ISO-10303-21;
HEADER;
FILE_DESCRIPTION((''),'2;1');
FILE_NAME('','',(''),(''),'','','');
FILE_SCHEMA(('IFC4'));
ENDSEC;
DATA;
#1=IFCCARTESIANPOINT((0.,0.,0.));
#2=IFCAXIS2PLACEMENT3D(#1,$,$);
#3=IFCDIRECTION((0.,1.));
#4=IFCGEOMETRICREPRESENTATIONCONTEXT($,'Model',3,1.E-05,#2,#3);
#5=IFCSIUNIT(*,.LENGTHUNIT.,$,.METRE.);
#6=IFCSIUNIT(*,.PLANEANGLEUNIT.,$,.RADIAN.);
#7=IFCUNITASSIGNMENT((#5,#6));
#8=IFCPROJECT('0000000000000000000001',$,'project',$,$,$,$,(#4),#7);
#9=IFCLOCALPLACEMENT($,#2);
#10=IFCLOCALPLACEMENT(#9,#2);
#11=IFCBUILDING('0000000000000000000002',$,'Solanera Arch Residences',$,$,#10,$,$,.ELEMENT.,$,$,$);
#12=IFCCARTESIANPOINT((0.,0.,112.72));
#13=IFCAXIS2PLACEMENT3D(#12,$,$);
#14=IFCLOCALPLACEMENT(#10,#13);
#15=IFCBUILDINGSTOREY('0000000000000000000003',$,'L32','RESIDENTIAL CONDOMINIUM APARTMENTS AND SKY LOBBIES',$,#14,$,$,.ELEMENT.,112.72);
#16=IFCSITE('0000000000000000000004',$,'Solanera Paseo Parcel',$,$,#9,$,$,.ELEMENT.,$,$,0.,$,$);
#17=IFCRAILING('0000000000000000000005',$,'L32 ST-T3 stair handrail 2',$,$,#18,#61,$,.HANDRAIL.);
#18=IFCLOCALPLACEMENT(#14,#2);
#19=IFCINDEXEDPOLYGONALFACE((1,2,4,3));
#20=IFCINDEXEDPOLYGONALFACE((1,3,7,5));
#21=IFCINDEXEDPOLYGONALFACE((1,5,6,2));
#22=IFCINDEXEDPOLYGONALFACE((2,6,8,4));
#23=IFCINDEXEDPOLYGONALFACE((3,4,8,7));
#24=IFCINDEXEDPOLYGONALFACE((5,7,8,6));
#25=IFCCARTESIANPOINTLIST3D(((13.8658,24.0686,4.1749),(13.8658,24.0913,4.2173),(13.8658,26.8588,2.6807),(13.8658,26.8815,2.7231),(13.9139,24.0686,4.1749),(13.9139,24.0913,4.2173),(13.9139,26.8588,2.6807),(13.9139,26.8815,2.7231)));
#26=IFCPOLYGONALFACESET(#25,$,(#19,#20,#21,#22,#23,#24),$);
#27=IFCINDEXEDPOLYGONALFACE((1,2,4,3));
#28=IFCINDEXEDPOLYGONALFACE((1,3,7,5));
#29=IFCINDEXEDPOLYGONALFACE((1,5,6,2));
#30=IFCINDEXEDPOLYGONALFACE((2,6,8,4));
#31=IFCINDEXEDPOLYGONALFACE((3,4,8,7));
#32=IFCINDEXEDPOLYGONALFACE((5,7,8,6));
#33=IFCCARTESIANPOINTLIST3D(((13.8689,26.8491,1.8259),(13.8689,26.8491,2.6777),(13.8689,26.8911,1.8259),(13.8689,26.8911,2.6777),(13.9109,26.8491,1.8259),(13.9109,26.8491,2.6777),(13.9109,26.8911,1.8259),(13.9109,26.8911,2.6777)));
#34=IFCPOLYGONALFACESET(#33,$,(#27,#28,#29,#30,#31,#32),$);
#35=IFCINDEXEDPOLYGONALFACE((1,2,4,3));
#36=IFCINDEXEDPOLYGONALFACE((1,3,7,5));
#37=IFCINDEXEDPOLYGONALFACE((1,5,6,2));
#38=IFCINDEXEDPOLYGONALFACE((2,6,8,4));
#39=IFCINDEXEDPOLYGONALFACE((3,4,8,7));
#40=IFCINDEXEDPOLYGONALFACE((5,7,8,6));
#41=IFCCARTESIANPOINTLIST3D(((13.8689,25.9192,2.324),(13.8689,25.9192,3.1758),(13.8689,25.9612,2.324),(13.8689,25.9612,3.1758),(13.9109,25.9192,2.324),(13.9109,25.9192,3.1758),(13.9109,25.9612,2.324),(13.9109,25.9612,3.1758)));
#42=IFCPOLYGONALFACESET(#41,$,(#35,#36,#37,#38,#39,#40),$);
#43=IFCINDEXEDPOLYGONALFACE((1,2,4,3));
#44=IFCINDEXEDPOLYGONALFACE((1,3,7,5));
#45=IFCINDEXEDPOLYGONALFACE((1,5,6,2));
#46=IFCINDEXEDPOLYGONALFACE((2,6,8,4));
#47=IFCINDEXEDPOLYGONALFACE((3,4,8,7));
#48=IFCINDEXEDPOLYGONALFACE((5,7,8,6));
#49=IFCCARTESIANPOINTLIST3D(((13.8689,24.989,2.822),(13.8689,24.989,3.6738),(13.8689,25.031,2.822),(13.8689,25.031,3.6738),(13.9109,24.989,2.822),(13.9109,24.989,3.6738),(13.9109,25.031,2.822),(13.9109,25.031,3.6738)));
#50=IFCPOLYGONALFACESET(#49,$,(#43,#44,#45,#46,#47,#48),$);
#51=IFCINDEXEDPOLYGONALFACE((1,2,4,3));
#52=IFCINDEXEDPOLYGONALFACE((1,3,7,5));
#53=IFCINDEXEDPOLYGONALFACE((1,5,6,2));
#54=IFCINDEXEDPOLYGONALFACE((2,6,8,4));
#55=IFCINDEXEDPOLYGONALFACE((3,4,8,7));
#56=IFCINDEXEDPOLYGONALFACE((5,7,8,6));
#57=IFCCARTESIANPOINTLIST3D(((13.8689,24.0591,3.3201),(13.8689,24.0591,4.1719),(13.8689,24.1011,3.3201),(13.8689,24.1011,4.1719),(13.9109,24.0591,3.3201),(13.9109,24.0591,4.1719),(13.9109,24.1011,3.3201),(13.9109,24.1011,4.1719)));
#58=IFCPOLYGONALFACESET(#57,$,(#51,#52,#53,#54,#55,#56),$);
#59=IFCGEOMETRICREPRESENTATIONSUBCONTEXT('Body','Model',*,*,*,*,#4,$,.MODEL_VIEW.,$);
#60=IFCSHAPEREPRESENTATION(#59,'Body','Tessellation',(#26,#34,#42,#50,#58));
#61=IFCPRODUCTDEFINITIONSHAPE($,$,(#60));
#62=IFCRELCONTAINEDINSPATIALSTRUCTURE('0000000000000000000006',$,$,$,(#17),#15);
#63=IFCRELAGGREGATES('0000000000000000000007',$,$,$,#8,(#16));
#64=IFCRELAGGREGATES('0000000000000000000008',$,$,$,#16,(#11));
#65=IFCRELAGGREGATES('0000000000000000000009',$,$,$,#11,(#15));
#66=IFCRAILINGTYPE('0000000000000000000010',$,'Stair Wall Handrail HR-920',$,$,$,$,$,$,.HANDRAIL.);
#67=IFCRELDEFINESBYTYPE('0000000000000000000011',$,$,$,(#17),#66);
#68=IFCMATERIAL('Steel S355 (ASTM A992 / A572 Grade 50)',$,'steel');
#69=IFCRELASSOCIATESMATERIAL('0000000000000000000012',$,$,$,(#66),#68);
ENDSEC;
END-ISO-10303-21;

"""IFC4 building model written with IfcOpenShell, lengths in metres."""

from ifc_helpers import new_model, si_unit, direction, frame, origin, origin_2d, place, context, subcontext, project, spatial, rectangle, extrude, material, type_object, element, save


model = new_model("IFC4")

# Units and contexts
model_context = context("Model", 3, precision=1e-05, world=origin(), true_north=direction((0.0, 1.0)))
body_context = subcontext(model_context, "Body", "Model", "MODEL_VIEW")
ifc_project = project(units=[si_unit("LENGTHUNIT", "METRE"), si_unit("PLANEANGLEUNIT", "RADIAN")], contexts=[model_context])

# Site, building, storey
site_placement = place(None, origin())
site = spatial("IfcSite", under=ifc_project, at=site_placement, Name="Solanera Paseo Parcel", CompositionType="ELEMENT", RefElevation=0.0)
building_placement = place(site_placement, origin())
building = spatial("IfcBuilding", under=site, at=building_placement, Name="Solanera Arch Residences", CompositionType="ELEMENT")
storey_placement = place(building_placement, frame((0.0, 0.0, 112.72)))
storey = spatial("IfcBuildingStorey", under=building, at=storey_placement, Name="L32", Description="RESIDENTIAL CONDOMINIUM APARTMENTS AND SKY LOBBIES", CompositionType="ELEMENT", Elevation=112.72)

# Railing
ifc_material_1 = material(Name="Steel S355 (ASTM A992 / A572 Grade 50)", Category="steel")
railing_type_1 = type_object("IfcRailingType", Name="Stair Wall Handrail HR-920", PredefinedType="HANDRAIL", material=ifc_material_1)
railing_1_placement = place(storey_placement, frame((13.8899, 26.8701, 1.8259)))
element("IfcRailing", 1, at=railing_1_placement, inside=storey, type_object=railing_type_1, Name="L32 ST-T3 stair handrail 2", PredefinedType="HANDRAIL", context=body_context, shape_type="SweptSolid", body=[
    extrude(rectangle(XDim=0.0481, YDim=0.0481, at=origin_2d()), frame((0.0, 0.0, 0.876), z_axis=(0.0, -0.881549, 0.472093), x_axis=(1.0, 0.0, 0.0)), (0.0, 0.0, 1.0), 3.165),
    extrude(rectangle(XDim=0.042, YDim=0.042, at=origin_2d()), origin(), (0.0, 0.0, 1.0), 0.8518),
    extrude(rectangle(XDim=0.042, YDim=0.042, at=origin_2d()), frame((0.0, -0.9299, 0.498)), (0.0, 0.0, 1.0), 0.8518),
    extrude(rectangle(XDim=0.042, YDim=0.042, at=origin_2d()), frame((0.0, -1.8601, 0.9961)), (0.0, 0.0, 1.0), 0.8518),
    extrude(rectangle(XDim=0.042, YDim=0.042, at=origin_2d()), frame((0.0, -2.79, 1.4941)), (0.0, 0.0, 1.0), 0.8518),
])

save(model, "model.ifc")
